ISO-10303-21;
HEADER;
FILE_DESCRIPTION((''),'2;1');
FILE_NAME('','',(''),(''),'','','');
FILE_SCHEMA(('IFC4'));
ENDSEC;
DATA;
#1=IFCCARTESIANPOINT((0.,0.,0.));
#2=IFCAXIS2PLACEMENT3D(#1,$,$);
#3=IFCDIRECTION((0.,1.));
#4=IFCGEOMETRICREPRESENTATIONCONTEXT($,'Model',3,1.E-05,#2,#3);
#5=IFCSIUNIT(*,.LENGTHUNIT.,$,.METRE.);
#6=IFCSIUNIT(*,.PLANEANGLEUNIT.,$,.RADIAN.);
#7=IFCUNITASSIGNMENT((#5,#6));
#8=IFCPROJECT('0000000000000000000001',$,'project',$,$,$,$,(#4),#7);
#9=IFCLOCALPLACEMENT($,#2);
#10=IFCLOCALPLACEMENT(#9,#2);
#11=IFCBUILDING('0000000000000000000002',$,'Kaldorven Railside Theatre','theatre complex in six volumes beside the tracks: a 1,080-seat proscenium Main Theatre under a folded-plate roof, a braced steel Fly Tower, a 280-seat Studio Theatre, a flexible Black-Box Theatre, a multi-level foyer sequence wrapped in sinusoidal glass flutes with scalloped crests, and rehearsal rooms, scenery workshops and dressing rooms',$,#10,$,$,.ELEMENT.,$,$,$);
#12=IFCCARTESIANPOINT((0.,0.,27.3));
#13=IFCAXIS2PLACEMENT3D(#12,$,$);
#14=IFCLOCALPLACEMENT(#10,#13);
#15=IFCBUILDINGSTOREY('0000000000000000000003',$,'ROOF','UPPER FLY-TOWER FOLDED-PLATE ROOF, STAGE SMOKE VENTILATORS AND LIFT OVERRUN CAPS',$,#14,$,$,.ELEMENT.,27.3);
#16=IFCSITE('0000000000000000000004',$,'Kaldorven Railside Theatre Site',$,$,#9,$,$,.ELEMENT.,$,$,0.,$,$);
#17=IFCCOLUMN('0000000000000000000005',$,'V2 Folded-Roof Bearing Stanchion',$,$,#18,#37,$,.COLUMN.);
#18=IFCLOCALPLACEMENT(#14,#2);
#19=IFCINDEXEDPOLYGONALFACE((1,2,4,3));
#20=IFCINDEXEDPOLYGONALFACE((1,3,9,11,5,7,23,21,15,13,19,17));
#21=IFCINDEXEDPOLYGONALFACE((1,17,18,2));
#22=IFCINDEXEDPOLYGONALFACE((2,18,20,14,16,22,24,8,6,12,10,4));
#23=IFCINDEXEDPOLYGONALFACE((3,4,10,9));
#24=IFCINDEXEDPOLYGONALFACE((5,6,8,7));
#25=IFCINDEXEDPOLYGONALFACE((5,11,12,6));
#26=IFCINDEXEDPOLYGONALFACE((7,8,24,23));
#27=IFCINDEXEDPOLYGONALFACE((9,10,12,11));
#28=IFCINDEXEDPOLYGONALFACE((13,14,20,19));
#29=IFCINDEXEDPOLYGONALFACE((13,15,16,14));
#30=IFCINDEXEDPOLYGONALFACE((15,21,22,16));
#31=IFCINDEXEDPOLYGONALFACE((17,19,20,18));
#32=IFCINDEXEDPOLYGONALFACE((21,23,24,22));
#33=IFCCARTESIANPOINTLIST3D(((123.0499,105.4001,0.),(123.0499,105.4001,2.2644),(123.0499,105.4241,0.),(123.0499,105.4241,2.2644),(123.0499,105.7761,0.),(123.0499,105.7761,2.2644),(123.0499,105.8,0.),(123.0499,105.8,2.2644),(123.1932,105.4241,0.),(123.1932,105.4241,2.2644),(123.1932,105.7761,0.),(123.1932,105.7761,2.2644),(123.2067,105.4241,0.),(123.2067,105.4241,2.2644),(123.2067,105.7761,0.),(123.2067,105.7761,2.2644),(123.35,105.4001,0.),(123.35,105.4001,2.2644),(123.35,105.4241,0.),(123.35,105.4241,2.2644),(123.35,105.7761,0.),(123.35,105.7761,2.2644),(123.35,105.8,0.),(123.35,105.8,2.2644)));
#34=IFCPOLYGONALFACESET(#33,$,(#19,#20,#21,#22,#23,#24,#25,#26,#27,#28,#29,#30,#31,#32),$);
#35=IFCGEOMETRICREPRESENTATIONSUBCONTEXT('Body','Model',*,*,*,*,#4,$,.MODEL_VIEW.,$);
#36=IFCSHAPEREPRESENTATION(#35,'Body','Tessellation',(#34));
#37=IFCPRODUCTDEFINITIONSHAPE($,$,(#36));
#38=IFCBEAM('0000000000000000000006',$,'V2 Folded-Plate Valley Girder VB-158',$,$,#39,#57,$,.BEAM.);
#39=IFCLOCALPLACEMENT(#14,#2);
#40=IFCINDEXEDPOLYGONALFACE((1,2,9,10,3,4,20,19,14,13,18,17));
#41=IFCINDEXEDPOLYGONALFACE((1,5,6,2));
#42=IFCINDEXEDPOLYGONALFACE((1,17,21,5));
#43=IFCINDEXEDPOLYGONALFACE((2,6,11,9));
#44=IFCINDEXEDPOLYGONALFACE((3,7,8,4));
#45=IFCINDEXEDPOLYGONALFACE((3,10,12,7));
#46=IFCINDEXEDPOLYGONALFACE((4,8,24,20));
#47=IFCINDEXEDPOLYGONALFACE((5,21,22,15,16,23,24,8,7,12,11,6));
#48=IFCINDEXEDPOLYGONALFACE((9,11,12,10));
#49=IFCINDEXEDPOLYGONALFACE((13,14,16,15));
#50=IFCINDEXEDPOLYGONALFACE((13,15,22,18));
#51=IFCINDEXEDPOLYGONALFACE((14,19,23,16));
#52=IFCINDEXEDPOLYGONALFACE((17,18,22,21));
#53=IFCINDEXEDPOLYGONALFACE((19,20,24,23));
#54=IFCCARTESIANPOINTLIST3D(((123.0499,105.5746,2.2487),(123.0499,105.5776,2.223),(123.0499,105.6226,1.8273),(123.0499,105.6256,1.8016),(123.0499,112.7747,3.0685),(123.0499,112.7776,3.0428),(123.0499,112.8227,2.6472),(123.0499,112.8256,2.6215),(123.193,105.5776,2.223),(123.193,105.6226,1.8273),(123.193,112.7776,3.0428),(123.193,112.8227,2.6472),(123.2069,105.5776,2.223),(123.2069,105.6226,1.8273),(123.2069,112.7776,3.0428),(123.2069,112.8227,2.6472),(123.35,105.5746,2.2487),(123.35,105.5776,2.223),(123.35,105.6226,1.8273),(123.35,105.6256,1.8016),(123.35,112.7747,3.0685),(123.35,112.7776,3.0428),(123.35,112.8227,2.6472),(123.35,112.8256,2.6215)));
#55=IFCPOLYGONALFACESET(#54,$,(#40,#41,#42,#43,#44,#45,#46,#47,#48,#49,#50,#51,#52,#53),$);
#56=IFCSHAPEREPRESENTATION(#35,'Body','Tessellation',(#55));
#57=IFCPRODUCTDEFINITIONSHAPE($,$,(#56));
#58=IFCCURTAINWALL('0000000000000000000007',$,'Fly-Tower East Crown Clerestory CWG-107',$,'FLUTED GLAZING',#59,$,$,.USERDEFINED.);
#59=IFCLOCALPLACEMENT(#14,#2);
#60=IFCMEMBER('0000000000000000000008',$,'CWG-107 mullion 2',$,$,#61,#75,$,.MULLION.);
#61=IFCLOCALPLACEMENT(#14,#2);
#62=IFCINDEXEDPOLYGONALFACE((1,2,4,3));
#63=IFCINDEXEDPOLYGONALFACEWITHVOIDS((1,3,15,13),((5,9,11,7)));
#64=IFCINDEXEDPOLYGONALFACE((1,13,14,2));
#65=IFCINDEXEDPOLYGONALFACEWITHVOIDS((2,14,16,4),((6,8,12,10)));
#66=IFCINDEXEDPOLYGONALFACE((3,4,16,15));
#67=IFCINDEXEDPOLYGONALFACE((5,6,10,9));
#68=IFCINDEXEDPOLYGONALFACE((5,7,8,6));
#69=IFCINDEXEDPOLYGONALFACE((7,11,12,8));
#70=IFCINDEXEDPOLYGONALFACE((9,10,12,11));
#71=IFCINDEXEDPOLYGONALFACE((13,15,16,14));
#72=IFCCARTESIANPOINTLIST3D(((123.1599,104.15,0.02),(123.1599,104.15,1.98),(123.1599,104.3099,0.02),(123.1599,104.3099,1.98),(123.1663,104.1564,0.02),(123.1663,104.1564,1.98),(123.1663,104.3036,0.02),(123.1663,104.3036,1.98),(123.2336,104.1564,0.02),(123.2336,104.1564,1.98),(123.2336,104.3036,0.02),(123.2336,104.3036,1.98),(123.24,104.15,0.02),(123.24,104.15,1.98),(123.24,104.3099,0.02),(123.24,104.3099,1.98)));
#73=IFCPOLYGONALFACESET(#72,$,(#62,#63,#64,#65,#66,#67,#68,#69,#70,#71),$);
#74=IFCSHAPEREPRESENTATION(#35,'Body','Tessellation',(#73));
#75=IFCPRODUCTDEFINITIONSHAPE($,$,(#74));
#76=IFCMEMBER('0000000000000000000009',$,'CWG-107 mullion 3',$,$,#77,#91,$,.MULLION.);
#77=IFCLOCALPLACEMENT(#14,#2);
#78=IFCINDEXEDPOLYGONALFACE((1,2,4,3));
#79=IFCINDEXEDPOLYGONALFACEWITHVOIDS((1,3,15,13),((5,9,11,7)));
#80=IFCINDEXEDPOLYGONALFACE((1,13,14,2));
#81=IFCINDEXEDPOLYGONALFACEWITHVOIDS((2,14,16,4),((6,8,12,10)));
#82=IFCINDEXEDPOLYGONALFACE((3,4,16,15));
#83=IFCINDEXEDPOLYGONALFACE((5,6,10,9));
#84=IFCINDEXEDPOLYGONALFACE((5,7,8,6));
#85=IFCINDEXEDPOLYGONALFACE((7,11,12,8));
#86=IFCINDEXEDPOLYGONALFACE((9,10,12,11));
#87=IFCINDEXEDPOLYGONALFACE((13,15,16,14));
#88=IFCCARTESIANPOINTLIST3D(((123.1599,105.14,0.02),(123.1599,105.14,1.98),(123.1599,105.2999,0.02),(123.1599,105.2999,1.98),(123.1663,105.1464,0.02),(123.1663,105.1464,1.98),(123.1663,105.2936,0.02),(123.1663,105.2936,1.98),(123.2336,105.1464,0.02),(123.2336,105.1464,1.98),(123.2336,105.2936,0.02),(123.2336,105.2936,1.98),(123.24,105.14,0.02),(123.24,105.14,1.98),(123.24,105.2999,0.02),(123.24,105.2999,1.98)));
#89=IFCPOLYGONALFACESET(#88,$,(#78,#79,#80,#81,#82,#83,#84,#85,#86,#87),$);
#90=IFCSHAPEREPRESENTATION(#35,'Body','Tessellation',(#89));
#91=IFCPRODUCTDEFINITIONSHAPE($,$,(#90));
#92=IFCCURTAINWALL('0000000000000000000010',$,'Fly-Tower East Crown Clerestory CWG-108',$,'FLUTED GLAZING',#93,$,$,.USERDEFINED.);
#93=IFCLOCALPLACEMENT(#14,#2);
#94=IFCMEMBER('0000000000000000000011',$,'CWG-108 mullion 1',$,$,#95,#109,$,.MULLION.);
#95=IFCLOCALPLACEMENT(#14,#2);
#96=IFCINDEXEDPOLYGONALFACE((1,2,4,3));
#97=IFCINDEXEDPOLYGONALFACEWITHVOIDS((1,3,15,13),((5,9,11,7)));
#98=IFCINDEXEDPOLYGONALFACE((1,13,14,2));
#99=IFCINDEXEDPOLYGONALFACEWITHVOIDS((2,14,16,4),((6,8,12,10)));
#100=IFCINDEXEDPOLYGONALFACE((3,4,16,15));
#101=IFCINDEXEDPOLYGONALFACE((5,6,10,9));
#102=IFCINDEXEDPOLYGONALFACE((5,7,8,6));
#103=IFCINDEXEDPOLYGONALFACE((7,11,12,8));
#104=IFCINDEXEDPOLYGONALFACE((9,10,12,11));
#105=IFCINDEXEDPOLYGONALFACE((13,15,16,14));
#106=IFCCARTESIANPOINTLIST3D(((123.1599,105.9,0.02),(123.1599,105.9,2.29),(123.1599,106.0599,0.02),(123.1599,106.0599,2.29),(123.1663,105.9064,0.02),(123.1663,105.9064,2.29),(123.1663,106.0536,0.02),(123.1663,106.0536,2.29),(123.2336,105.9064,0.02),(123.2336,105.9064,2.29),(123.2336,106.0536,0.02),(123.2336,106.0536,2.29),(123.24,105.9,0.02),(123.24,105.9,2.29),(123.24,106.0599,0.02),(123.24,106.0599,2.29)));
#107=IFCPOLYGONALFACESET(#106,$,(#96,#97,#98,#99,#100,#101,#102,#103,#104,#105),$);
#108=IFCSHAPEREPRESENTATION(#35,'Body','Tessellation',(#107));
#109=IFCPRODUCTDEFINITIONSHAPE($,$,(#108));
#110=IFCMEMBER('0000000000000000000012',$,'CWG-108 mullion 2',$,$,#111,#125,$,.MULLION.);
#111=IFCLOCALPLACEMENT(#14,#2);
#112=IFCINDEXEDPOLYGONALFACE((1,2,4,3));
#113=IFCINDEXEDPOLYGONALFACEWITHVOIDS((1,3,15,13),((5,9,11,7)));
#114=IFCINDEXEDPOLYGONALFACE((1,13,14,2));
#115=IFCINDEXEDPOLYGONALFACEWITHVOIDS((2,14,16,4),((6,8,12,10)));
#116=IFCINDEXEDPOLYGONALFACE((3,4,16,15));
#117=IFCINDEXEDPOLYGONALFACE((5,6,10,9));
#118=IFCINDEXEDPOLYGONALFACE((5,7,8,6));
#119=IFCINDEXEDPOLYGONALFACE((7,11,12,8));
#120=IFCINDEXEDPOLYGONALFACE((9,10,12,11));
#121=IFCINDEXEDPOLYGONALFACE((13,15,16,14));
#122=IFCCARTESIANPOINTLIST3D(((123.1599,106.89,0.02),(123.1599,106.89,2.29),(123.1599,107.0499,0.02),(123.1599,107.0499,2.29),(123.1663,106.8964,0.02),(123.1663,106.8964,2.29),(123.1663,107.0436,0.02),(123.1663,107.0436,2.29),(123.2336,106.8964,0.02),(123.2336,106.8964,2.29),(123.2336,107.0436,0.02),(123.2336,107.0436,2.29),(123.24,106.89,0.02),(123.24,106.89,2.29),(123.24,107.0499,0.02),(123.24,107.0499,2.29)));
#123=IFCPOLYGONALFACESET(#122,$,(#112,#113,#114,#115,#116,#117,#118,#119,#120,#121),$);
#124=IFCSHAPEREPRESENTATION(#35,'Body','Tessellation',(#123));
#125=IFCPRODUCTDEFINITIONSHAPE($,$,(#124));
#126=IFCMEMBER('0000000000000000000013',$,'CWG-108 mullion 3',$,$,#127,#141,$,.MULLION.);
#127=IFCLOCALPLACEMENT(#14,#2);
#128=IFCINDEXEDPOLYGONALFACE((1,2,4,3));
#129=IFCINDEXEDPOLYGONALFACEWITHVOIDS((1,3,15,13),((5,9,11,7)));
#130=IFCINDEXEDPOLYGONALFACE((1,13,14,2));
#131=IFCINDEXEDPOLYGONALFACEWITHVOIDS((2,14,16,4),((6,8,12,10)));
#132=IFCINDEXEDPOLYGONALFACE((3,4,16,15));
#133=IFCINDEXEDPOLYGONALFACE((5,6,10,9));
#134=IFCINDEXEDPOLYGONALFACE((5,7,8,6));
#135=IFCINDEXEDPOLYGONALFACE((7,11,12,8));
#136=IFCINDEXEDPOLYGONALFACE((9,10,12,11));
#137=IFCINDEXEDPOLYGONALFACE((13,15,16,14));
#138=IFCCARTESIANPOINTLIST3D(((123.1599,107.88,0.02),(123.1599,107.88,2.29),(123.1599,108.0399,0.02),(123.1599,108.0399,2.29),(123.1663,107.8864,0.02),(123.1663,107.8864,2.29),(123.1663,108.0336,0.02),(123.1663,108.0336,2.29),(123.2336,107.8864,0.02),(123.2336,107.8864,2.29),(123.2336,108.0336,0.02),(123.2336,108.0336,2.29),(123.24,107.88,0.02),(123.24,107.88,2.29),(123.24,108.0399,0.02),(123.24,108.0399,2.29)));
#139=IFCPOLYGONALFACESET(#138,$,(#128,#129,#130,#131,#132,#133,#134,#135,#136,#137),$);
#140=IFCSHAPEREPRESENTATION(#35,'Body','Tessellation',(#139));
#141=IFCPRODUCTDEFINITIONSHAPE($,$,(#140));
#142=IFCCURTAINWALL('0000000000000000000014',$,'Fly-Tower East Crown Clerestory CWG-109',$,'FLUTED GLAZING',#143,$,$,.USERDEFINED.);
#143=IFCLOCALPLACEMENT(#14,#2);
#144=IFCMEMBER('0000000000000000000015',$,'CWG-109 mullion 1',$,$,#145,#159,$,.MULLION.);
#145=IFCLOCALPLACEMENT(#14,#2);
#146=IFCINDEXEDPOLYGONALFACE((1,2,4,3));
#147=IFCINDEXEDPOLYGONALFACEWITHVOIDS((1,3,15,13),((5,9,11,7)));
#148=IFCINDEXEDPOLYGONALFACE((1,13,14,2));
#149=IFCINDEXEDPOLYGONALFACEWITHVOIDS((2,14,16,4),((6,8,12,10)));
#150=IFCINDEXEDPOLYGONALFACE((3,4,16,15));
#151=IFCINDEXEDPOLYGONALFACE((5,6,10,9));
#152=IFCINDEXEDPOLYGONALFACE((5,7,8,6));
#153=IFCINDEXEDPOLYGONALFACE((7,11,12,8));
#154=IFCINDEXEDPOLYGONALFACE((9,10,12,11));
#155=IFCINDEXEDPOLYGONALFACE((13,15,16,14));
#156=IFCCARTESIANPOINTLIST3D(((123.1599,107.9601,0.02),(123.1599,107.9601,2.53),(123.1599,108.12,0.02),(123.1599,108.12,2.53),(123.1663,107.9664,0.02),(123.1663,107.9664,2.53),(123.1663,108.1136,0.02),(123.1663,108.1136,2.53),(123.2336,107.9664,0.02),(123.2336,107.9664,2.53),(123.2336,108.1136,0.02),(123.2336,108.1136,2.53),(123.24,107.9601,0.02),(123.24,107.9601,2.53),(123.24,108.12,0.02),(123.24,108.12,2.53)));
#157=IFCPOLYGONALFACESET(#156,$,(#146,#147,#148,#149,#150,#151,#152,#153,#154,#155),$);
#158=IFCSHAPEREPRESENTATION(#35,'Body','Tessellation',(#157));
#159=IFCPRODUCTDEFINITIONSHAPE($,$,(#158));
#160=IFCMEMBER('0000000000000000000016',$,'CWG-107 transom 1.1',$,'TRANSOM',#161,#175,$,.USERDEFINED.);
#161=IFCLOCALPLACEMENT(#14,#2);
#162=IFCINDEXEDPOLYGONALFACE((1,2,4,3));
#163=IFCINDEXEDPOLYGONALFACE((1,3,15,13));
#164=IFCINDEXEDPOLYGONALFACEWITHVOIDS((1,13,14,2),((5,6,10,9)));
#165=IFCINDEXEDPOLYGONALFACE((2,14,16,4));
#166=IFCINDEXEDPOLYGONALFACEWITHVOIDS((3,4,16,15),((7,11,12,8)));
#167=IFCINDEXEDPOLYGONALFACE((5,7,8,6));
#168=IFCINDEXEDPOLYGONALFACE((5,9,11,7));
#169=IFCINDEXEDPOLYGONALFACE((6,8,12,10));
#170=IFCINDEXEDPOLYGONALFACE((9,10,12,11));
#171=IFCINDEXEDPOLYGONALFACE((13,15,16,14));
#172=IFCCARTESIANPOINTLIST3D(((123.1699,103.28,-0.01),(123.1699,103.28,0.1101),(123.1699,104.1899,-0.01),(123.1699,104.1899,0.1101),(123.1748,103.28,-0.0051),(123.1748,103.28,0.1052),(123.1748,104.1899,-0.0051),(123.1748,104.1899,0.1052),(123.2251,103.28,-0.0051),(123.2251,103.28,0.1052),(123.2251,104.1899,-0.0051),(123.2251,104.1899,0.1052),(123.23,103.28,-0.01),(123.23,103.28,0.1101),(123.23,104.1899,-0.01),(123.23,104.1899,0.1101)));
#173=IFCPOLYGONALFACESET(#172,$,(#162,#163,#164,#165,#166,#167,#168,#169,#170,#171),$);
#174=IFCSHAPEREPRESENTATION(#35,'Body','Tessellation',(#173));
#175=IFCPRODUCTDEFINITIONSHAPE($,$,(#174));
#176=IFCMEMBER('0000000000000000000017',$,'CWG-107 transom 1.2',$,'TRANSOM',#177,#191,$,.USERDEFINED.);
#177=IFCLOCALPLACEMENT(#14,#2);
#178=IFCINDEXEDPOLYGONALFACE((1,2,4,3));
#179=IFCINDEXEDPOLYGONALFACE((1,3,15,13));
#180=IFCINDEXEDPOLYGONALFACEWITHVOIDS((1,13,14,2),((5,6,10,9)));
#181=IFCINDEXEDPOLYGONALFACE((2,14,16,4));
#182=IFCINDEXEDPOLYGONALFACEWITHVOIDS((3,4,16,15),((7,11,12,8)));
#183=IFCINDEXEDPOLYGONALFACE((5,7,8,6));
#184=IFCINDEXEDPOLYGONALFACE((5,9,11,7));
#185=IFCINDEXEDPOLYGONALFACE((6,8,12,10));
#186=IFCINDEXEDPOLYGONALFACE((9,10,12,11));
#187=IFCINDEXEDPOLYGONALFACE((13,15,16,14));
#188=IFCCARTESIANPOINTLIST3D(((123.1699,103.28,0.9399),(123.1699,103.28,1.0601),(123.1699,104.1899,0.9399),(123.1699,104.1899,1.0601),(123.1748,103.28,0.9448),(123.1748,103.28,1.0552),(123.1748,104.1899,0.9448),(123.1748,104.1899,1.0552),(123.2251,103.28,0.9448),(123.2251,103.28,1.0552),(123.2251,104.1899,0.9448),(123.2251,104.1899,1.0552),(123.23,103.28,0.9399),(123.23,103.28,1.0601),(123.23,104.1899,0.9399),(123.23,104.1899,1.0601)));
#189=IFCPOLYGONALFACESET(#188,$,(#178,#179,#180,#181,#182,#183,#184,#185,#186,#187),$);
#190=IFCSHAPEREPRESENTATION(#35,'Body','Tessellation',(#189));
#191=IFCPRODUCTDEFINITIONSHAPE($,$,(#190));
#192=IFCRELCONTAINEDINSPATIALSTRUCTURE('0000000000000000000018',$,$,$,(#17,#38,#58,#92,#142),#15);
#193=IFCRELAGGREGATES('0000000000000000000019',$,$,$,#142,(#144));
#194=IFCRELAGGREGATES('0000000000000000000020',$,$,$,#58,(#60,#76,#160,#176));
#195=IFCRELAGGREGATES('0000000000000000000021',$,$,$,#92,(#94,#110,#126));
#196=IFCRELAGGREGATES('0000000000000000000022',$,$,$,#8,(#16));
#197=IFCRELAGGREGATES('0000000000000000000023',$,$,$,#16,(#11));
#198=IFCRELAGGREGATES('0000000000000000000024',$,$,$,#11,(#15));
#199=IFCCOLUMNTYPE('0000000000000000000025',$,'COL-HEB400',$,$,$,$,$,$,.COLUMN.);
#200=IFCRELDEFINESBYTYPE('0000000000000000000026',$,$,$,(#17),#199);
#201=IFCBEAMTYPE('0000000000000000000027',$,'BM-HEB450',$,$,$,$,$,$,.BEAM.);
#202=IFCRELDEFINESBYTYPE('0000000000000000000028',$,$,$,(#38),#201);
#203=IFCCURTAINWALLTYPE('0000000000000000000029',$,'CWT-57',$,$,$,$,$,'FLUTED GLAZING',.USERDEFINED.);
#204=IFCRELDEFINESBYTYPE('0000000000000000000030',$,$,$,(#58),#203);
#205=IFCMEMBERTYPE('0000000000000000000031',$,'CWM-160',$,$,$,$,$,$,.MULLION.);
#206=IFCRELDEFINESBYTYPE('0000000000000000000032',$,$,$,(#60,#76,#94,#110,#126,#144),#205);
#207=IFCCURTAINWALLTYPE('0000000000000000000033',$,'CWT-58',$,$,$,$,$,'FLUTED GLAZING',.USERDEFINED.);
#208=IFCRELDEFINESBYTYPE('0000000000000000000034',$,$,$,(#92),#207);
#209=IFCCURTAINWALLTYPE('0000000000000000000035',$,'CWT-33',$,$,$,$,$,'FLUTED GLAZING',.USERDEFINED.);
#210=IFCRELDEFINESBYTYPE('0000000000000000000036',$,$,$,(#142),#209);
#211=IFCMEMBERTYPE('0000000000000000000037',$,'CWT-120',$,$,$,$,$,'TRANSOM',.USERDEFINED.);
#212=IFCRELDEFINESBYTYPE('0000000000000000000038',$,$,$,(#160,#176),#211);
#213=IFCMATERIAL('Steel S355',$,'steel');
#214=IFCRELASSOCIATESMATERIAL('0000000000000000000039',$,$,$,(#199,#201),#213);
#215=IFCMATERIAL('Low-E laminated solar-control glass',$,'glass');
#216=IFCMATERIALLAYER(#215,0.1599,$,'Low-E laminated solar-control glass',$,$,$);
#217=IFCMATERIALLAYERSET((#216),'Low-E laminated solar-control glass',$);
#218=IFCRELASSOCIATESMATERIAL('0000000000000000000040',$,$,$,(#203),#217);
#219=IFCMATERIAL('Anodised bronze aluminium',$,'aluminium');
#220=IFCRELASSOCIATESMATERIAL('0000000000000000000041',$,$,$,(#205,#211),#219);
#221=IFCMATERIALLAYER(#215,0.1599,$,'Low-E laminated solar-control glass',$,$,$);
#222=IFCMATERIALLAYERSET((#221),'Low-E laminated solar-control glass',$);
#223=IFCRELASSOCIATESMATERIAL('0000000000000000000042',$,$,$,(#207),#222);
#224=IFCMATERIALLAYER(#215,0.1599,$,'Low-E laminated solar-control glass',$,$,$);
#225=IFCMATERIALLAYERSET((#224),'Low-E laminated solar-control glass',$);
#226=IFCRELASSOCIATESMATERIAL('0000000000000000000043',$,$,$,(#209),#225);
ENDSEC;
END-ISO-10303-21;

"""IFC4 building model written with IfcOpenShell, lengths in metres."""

from ifc_helpers import new_model, si_unit, direction, frame, origin, origin_2d, place, context, subcontext, project, spatial, hollow_rectangle, i_section, extrude, material, layer, layer_set, material_profile, profile_set, type_object, element, aggregate, save


model = new_model("IFC4")

# Units and contexts
model_context = context("Model", 3, precision=1e-05, world=origin(), true_north=direction((0.0, 1.0)))
body_context = subcontext(model_context, "Body", "Model", "MODEL_VIEW")
ifc_project = project(units=[si_unit("LENGTHUNIT", "METRE"), si_unit("PLANEANGLEUNIT", "RADIAN")], contexts=[model_context])

# Site, building, storey
site_placement = place(None, origin())
site = spatial("IfcSite", under=ifc_project, at=site_placement, Name="Kaldorven Railside Theatre Site", CompositionType="ELEMENT", RefElevation=0.0)
building_placement = place(site_placement, origin())
building = spatial("IfcBuilding", under=site, at=building_placement, Name="Kaldorven Railside Theatre", Description="theatre complex in six volumes beside the tracks: a 1,080-seat proscenium Main Theatre under a folded-plate roof, a braced steel Fly Tower, a 280-seat Studio Theatre, a flexible Black-Box Theatre, a multi-level foyer sequence wrapped in sinusoidal glass flutes with scalloped crests, and rehearsal rooms, scenery workshops and dressing rooms", CompositionType="ELEMENT")
storey_placement = place(building_placement, frame((0.0, 0.0, 27.3)))
storey = spatial("IfcBuildingStorey", under=building, at=storey_placement, Name="ROOF", Description="UPPER FLY-TOWER FOLDED-PLATE ROOF, STAGE SMOKE VENTILATORS AND LIFT OVERRUN CAPS", CompositionType="ELEMENT", Elevation=27.3)

# Column
ifc_material_1 = material(Name="Steel S355", Category="steel")
ifc_material_profile_1 = material_profile(ifc_material_1, i_section(OverallWidth=0.3, OverallDepth=0.3999, WebThickness=0.0134, FlangeThickness=0.0239, at=origin_2d()), Name="HEB 400")
ifc_profile_set_1 = profile_set([ifc_material_profile_1], Name="Steel S355")
column_type = type_object("IfcColumnType", Name="COL-HEB400", PredefinedType="COLUMN", material=ifc_profile_set_1)
column_placement = place(storey_placement, frame((123.2, 105.6001, 0.0), z_axis=(0.0, 0.0, 1.0), x_axis=(1.0, 0.0, 0.0)))
element("IfcColumn", 1, at=column_placement, inside=storey, type_object=column_type, Name="V2 Folded-Roof Bearing Stanchion", PredefinedType="COLUMN", context=body_context, shape_type="SweptSolid", body=[
    extrude(i_section(OverallWidth=0.3, OverallDepth=0.3999, WebThickness=0.0134, FlangeThickness=0.0239, at=origin_2d()), origin(), (0.0, 0.0, 1.0), 2.2644),
])

# Beam
ifc_material_profile_2 = material_profile(ifc_material_1, i_section(OverallWidth=0.3, OverallDepth=0.45, WebThickness=0.0139, FlangeThickness=0.0259, at=origin_2d()), Name="HEB 450")
ifc_profile_set_2 = profile_set([ifc_material_profile_2], Name="Steel S355")
beam_type = type_object("IfcBeamType", Name="BM-HEB450", PredefinedType="BEAM", material=ifc_profile_set_2)
beam_placement = place(storey_placement, frame((123.2, 105.6001, 2.0251), z_axis=(0.0, 0.99358, 0.113134), x_axis=(-1.0, 0.0, 0.0)))
element("IfcBeam", 2, at=beam_placement, inside=storey, type_object=beam_type, Name="V2 Folded-Plate Valley Girder VB-158", PredefinedType="BEAM", context=body_context, shape_type="SweptSolid", body=[
    extrude(i_section(OverallWidth=0.3, OverallDepth=0.45, WebThickness=0.0139, FlangeThickness=0.0259, at=origin_2d()), origin(), (0.0, 0.0, 1.0), 7.2466),
])

# Curtain walls, members
ifc_material_2 = material(Name="Low-E laminated solar-control glass", Category="glass")
ifc_layer_1 = layer(ifc_material_2, 0.1599, Name="Low-E laminated solar-control glass")
ifc_layer_set_1 = layer_set([ifc_layer_1], Name="Low-E laminated solar-control glass")
curtain_wall_type_1 = type_object("IfcCurtainWallType", Name="CWT-57", ElementType="FLUTED GLAZING", PredefinedType="USERDEFINED", material=ifc_layer_set_1)
curtain_wall_1_placement = place(storey_placement, origin())
curtain_wall_1 = element("IfcCurtainWall", 3, at=curtain_wall_1_placement, inside=storey, type_object=curtain_wall_type_1, Name="Fly-Tower East Crown Clerestory CWG-107", ObjectType="FLUTED GLAZING", PredefinedType="USERDEFINED")
ifc_material_3 = material(Name="Anodised bronze aluminium", Category="aluminium")
ifc_material_profile_3 = material_profile(ifc_material_3, hollow_rectangle(XDim=0.0801, YDim=0.1599, WallThickness=0.0063, at=origin_2d()), Name="RHS 160x80x6.3")
ifc_profile_set_3 = profile_set([ifc_material_profile_3], Name="Anodised bronze aluminium")
member_type_1 = type_object("IfcMemberType", Name="CWM-160", PredefinedType="MULLION", material=ifc_profile_set_3)
member_1_placement = place(storey_placement, frame((123.2, 104.23, 0.02), z_axis=(0.0, 0.0, 1.0), x_axis=(-1.0, 0.0, 0.0)))
member_1 = element("IfcMember", 4, at=member_1_placement, type_object=member_type_1, Name="CWG-107 mullion 2", PredefinedType="MULLION", context=body_context, shape_type="SweptSolid", body=[
    extrude(hollow_rectangle(XDim=0.0801, YDim=0.1599, WallThickness=0.0063, at=origin_2d()), origin(), (0.0, 0.0, 1.0), 1.96),
])
member_2_placement = place(storey_placement, frame((123.2, 105.22, 0.02), z_axis=(0.0, 0.0, 1.0), x_axis=(-1.0, 0.0, 0.0)))
member_2 = element("IfcMember", 5, at=member_2_placement, type_object=member_type_1, Name="CWG-107 mullion 3", PredefinedType="MULLION", context=body_context, shape_type="SweptSolid", body=[
    extrude(hollow_rectangle(XDim=0.0801, YDim=0.1599, WallThickness=0.0063, at=origin_2d()), origin(), (0.0, 0.0, 1.0), 1.96),
])
ifc_layer_2 = layer(ifc_material_2, 0.1599, Name="Low-E laminated solar-control glass")
ifc_layer_set_2 = layer_set([ifc_layer_2], Name="Low-E laminated solar-control glass")
curtain_wall_type_2 = type_object("IfcCurtainWallType", Name="CWT-58", ElementType="FLUTED GLAZING", PredefinedType="USERDEFINED", material=ifc_layer_set_2)
curtain_wall_2_placement = place(storey_placement, origin())
curtain_wall_2 = element("IfcCurtainWall", 6, at=curtain_wall_2_placement, inside=storey, type_object=curtain_wall_type_2, Name="Fly-Tower East Crown Clerestory CWG-108", ObjectType="FLUTED GLAZING", PredefinedType="USERDEFINED")
member_3_placement = place(storey_placement, frame((123.2, 105.98, 0.02), z_axis=(0.0, 0.0, 1.0), x_axis=(-1.0, 0.0, 0.0)))
member_3 = element("IfcMember", 7, at=member_3_placement, type_object=member_type_1, Name="CWG-108 mullion 1", PredefinedType="MULLION", context=body_context, shape_type="SweptSolid", body=[
    extrude(hollow_rectangle(XDim=0.0801, YDim=0.1599, WallThickness=0.0063, at=origin_2d()), origin(), (0.0, 0.0, 1.0), 2.27),
])
member_4_placement = place(storey_placement, frame((123.2, 106.97, 0.02), z_axis=(0.0, 0.0, 1.0), x_axis=(-1.0, 0.0, 0.0)))
member_4 = element("IfcMember", 8, at=member_4_placement, type_object=member_type_1, Name="CWG-108 mullion 2", PredefinedType="MULLION", context=body_context, shape_type="SweptSolid", body=[
    extrude(hollow_rectangle(XDim=0.0801, YDim=0.1599, WallThickness=0.0063, at=origin_2d()), origin(), (0.0, 0.0, 1.0), 2.27),
])
member_5_placement = place(storey_placement, frame((123.2, 107.96, 0.02), z_axis=(0.0, 0.0, 1.0), x_axis=(-1.0, 0.0, 0.0)))
member_5 = element("IfcMember", 9, at=member_5_placement, type_object=member_type_1, Name="CWG-108 mullion 3", PredefinedType="MULLION", context=body_context, shape_type="SweptSolid", body=[
    extrude(hollow_rectangle(XDim=0.0801, YDim=0.1599, WallThickness=0.0063, at=origin_2d()), origin(), (0.0, 0.0, 1.0), 2.27),
])

# Curtain wall, member
ifc_layer_3 = layer(ifc_material_2, 0.1599, Name="Low-E laminated solar-control glass")
ifc_layer_set_3 = layer_set([ifc_layer_3], Name="Low-E laminated solar-control glass")
curtain_wall_type_3 = type_object("IfcCurtainWallType", Name="CWT-33", ElementType="FLUTED GLAZING", PredefinedType="USERDEFINED", material=ifc_layer_set_3)
curtain_wall_3_placement = place(storey_placement, origin())
curtain_wall_3 = element("IfcCurtainWall", 10, at=curtain_wall_3_placement, inside=storey, type_object=curtain_wall_type_3, Name="Fly-Tower East Crown Clerestory CWG-109", ObjectType="FLUTED GLAZING", PredefinedType="USERDEFINED")
member_6_placement = place(storey_placement, frame((123.2, 108.04, 0.02), z_axis=(0.0, 0.0, 1.0), x_axis=(-1.0, 0.0, 0.0)))
member_6 = element("IfcMember", 11, at=member_6_placement, type_object=member_type_1, Name="CWG-109 mullion 1", PredefinedType="MULLION", context=body_context, shape_type="SweptSolid", body=[
    extrude(hollow_rectangle(XDim=0.0801, YDim=0.1599, WallThickness=0.0063, at=origin_2d()), origin(), (0.0, 0.0, 1.0), 2.51),
])

# Members
ifc_material_profile_4 = material_profile(ifc_material_3, hollow_rectangle(XDim=0.0601, YDim=0.1201, WallThickness=0.0049, at=origin_2d()), Name="RHS 120x60x5")
ifc_profile_set_4 = profile_set([ifc_material_profile_4], Name="Anodised bronze aluminium")
member_type_2 = type_object("IfcMemberType", Name="CWT-120", ElementType="TRANSOM", PredefinedType="USERDEFINED", material=ifc_profile_set_4)
member_7_placement = place(storey_placement, frame((123.2, 103.28, 0.05), z_axis=(0.0, 1.0, 0.0), x_axis=(-1.0, 0.0, 0.0)))
member_7 = element("IfcMember", 12, at=member_7_placement, type_object=member_type_2, Name="CWG-107 transom 1.1", ObjectType="TRANSOM", PredefinedType="USERDEFINED", context=body_context, shape_type="SweptSolid", body=[
    extrude(hollow_rectangle(XDim=0.0601, YDim=0.1201, WallThickness=0.0049, at=origin_2d()), origin(), (0.0, 0.0, 1.0), 0.9099),
])
member_8_placement = place(storey_placement, frame((123.2, 103.28, 1.0), z_axis=(0.0, 1.0, 0.0), x_axis=(-1.0, 0.0, 0.0)))
member_8 = element("IfcMember", 13, at=member_8_placement, type_object=member_type_2, Name="CWG-107 transom 1.2", ObjectType="TRANSOM", PredefinedType="USERDEFINED", context=body_context, shape_type="SweptSolid", body=[
    extrude(hollow_rectangle(XDim=0.0601, YDim=0.1201, WallThickness=0.0049, at=origin_2d()), origin(), (0.0, 0.0, 1.0), 0.9099),
])
aggregate(curtain_wall_3, [member_6])

aggregate(curtain_wall_1, [member_1, member_2, member_7, member_8])
aggregate(curtain_wall_2, [member_3, member_4, member_5])

save(model, "model.ifc")
